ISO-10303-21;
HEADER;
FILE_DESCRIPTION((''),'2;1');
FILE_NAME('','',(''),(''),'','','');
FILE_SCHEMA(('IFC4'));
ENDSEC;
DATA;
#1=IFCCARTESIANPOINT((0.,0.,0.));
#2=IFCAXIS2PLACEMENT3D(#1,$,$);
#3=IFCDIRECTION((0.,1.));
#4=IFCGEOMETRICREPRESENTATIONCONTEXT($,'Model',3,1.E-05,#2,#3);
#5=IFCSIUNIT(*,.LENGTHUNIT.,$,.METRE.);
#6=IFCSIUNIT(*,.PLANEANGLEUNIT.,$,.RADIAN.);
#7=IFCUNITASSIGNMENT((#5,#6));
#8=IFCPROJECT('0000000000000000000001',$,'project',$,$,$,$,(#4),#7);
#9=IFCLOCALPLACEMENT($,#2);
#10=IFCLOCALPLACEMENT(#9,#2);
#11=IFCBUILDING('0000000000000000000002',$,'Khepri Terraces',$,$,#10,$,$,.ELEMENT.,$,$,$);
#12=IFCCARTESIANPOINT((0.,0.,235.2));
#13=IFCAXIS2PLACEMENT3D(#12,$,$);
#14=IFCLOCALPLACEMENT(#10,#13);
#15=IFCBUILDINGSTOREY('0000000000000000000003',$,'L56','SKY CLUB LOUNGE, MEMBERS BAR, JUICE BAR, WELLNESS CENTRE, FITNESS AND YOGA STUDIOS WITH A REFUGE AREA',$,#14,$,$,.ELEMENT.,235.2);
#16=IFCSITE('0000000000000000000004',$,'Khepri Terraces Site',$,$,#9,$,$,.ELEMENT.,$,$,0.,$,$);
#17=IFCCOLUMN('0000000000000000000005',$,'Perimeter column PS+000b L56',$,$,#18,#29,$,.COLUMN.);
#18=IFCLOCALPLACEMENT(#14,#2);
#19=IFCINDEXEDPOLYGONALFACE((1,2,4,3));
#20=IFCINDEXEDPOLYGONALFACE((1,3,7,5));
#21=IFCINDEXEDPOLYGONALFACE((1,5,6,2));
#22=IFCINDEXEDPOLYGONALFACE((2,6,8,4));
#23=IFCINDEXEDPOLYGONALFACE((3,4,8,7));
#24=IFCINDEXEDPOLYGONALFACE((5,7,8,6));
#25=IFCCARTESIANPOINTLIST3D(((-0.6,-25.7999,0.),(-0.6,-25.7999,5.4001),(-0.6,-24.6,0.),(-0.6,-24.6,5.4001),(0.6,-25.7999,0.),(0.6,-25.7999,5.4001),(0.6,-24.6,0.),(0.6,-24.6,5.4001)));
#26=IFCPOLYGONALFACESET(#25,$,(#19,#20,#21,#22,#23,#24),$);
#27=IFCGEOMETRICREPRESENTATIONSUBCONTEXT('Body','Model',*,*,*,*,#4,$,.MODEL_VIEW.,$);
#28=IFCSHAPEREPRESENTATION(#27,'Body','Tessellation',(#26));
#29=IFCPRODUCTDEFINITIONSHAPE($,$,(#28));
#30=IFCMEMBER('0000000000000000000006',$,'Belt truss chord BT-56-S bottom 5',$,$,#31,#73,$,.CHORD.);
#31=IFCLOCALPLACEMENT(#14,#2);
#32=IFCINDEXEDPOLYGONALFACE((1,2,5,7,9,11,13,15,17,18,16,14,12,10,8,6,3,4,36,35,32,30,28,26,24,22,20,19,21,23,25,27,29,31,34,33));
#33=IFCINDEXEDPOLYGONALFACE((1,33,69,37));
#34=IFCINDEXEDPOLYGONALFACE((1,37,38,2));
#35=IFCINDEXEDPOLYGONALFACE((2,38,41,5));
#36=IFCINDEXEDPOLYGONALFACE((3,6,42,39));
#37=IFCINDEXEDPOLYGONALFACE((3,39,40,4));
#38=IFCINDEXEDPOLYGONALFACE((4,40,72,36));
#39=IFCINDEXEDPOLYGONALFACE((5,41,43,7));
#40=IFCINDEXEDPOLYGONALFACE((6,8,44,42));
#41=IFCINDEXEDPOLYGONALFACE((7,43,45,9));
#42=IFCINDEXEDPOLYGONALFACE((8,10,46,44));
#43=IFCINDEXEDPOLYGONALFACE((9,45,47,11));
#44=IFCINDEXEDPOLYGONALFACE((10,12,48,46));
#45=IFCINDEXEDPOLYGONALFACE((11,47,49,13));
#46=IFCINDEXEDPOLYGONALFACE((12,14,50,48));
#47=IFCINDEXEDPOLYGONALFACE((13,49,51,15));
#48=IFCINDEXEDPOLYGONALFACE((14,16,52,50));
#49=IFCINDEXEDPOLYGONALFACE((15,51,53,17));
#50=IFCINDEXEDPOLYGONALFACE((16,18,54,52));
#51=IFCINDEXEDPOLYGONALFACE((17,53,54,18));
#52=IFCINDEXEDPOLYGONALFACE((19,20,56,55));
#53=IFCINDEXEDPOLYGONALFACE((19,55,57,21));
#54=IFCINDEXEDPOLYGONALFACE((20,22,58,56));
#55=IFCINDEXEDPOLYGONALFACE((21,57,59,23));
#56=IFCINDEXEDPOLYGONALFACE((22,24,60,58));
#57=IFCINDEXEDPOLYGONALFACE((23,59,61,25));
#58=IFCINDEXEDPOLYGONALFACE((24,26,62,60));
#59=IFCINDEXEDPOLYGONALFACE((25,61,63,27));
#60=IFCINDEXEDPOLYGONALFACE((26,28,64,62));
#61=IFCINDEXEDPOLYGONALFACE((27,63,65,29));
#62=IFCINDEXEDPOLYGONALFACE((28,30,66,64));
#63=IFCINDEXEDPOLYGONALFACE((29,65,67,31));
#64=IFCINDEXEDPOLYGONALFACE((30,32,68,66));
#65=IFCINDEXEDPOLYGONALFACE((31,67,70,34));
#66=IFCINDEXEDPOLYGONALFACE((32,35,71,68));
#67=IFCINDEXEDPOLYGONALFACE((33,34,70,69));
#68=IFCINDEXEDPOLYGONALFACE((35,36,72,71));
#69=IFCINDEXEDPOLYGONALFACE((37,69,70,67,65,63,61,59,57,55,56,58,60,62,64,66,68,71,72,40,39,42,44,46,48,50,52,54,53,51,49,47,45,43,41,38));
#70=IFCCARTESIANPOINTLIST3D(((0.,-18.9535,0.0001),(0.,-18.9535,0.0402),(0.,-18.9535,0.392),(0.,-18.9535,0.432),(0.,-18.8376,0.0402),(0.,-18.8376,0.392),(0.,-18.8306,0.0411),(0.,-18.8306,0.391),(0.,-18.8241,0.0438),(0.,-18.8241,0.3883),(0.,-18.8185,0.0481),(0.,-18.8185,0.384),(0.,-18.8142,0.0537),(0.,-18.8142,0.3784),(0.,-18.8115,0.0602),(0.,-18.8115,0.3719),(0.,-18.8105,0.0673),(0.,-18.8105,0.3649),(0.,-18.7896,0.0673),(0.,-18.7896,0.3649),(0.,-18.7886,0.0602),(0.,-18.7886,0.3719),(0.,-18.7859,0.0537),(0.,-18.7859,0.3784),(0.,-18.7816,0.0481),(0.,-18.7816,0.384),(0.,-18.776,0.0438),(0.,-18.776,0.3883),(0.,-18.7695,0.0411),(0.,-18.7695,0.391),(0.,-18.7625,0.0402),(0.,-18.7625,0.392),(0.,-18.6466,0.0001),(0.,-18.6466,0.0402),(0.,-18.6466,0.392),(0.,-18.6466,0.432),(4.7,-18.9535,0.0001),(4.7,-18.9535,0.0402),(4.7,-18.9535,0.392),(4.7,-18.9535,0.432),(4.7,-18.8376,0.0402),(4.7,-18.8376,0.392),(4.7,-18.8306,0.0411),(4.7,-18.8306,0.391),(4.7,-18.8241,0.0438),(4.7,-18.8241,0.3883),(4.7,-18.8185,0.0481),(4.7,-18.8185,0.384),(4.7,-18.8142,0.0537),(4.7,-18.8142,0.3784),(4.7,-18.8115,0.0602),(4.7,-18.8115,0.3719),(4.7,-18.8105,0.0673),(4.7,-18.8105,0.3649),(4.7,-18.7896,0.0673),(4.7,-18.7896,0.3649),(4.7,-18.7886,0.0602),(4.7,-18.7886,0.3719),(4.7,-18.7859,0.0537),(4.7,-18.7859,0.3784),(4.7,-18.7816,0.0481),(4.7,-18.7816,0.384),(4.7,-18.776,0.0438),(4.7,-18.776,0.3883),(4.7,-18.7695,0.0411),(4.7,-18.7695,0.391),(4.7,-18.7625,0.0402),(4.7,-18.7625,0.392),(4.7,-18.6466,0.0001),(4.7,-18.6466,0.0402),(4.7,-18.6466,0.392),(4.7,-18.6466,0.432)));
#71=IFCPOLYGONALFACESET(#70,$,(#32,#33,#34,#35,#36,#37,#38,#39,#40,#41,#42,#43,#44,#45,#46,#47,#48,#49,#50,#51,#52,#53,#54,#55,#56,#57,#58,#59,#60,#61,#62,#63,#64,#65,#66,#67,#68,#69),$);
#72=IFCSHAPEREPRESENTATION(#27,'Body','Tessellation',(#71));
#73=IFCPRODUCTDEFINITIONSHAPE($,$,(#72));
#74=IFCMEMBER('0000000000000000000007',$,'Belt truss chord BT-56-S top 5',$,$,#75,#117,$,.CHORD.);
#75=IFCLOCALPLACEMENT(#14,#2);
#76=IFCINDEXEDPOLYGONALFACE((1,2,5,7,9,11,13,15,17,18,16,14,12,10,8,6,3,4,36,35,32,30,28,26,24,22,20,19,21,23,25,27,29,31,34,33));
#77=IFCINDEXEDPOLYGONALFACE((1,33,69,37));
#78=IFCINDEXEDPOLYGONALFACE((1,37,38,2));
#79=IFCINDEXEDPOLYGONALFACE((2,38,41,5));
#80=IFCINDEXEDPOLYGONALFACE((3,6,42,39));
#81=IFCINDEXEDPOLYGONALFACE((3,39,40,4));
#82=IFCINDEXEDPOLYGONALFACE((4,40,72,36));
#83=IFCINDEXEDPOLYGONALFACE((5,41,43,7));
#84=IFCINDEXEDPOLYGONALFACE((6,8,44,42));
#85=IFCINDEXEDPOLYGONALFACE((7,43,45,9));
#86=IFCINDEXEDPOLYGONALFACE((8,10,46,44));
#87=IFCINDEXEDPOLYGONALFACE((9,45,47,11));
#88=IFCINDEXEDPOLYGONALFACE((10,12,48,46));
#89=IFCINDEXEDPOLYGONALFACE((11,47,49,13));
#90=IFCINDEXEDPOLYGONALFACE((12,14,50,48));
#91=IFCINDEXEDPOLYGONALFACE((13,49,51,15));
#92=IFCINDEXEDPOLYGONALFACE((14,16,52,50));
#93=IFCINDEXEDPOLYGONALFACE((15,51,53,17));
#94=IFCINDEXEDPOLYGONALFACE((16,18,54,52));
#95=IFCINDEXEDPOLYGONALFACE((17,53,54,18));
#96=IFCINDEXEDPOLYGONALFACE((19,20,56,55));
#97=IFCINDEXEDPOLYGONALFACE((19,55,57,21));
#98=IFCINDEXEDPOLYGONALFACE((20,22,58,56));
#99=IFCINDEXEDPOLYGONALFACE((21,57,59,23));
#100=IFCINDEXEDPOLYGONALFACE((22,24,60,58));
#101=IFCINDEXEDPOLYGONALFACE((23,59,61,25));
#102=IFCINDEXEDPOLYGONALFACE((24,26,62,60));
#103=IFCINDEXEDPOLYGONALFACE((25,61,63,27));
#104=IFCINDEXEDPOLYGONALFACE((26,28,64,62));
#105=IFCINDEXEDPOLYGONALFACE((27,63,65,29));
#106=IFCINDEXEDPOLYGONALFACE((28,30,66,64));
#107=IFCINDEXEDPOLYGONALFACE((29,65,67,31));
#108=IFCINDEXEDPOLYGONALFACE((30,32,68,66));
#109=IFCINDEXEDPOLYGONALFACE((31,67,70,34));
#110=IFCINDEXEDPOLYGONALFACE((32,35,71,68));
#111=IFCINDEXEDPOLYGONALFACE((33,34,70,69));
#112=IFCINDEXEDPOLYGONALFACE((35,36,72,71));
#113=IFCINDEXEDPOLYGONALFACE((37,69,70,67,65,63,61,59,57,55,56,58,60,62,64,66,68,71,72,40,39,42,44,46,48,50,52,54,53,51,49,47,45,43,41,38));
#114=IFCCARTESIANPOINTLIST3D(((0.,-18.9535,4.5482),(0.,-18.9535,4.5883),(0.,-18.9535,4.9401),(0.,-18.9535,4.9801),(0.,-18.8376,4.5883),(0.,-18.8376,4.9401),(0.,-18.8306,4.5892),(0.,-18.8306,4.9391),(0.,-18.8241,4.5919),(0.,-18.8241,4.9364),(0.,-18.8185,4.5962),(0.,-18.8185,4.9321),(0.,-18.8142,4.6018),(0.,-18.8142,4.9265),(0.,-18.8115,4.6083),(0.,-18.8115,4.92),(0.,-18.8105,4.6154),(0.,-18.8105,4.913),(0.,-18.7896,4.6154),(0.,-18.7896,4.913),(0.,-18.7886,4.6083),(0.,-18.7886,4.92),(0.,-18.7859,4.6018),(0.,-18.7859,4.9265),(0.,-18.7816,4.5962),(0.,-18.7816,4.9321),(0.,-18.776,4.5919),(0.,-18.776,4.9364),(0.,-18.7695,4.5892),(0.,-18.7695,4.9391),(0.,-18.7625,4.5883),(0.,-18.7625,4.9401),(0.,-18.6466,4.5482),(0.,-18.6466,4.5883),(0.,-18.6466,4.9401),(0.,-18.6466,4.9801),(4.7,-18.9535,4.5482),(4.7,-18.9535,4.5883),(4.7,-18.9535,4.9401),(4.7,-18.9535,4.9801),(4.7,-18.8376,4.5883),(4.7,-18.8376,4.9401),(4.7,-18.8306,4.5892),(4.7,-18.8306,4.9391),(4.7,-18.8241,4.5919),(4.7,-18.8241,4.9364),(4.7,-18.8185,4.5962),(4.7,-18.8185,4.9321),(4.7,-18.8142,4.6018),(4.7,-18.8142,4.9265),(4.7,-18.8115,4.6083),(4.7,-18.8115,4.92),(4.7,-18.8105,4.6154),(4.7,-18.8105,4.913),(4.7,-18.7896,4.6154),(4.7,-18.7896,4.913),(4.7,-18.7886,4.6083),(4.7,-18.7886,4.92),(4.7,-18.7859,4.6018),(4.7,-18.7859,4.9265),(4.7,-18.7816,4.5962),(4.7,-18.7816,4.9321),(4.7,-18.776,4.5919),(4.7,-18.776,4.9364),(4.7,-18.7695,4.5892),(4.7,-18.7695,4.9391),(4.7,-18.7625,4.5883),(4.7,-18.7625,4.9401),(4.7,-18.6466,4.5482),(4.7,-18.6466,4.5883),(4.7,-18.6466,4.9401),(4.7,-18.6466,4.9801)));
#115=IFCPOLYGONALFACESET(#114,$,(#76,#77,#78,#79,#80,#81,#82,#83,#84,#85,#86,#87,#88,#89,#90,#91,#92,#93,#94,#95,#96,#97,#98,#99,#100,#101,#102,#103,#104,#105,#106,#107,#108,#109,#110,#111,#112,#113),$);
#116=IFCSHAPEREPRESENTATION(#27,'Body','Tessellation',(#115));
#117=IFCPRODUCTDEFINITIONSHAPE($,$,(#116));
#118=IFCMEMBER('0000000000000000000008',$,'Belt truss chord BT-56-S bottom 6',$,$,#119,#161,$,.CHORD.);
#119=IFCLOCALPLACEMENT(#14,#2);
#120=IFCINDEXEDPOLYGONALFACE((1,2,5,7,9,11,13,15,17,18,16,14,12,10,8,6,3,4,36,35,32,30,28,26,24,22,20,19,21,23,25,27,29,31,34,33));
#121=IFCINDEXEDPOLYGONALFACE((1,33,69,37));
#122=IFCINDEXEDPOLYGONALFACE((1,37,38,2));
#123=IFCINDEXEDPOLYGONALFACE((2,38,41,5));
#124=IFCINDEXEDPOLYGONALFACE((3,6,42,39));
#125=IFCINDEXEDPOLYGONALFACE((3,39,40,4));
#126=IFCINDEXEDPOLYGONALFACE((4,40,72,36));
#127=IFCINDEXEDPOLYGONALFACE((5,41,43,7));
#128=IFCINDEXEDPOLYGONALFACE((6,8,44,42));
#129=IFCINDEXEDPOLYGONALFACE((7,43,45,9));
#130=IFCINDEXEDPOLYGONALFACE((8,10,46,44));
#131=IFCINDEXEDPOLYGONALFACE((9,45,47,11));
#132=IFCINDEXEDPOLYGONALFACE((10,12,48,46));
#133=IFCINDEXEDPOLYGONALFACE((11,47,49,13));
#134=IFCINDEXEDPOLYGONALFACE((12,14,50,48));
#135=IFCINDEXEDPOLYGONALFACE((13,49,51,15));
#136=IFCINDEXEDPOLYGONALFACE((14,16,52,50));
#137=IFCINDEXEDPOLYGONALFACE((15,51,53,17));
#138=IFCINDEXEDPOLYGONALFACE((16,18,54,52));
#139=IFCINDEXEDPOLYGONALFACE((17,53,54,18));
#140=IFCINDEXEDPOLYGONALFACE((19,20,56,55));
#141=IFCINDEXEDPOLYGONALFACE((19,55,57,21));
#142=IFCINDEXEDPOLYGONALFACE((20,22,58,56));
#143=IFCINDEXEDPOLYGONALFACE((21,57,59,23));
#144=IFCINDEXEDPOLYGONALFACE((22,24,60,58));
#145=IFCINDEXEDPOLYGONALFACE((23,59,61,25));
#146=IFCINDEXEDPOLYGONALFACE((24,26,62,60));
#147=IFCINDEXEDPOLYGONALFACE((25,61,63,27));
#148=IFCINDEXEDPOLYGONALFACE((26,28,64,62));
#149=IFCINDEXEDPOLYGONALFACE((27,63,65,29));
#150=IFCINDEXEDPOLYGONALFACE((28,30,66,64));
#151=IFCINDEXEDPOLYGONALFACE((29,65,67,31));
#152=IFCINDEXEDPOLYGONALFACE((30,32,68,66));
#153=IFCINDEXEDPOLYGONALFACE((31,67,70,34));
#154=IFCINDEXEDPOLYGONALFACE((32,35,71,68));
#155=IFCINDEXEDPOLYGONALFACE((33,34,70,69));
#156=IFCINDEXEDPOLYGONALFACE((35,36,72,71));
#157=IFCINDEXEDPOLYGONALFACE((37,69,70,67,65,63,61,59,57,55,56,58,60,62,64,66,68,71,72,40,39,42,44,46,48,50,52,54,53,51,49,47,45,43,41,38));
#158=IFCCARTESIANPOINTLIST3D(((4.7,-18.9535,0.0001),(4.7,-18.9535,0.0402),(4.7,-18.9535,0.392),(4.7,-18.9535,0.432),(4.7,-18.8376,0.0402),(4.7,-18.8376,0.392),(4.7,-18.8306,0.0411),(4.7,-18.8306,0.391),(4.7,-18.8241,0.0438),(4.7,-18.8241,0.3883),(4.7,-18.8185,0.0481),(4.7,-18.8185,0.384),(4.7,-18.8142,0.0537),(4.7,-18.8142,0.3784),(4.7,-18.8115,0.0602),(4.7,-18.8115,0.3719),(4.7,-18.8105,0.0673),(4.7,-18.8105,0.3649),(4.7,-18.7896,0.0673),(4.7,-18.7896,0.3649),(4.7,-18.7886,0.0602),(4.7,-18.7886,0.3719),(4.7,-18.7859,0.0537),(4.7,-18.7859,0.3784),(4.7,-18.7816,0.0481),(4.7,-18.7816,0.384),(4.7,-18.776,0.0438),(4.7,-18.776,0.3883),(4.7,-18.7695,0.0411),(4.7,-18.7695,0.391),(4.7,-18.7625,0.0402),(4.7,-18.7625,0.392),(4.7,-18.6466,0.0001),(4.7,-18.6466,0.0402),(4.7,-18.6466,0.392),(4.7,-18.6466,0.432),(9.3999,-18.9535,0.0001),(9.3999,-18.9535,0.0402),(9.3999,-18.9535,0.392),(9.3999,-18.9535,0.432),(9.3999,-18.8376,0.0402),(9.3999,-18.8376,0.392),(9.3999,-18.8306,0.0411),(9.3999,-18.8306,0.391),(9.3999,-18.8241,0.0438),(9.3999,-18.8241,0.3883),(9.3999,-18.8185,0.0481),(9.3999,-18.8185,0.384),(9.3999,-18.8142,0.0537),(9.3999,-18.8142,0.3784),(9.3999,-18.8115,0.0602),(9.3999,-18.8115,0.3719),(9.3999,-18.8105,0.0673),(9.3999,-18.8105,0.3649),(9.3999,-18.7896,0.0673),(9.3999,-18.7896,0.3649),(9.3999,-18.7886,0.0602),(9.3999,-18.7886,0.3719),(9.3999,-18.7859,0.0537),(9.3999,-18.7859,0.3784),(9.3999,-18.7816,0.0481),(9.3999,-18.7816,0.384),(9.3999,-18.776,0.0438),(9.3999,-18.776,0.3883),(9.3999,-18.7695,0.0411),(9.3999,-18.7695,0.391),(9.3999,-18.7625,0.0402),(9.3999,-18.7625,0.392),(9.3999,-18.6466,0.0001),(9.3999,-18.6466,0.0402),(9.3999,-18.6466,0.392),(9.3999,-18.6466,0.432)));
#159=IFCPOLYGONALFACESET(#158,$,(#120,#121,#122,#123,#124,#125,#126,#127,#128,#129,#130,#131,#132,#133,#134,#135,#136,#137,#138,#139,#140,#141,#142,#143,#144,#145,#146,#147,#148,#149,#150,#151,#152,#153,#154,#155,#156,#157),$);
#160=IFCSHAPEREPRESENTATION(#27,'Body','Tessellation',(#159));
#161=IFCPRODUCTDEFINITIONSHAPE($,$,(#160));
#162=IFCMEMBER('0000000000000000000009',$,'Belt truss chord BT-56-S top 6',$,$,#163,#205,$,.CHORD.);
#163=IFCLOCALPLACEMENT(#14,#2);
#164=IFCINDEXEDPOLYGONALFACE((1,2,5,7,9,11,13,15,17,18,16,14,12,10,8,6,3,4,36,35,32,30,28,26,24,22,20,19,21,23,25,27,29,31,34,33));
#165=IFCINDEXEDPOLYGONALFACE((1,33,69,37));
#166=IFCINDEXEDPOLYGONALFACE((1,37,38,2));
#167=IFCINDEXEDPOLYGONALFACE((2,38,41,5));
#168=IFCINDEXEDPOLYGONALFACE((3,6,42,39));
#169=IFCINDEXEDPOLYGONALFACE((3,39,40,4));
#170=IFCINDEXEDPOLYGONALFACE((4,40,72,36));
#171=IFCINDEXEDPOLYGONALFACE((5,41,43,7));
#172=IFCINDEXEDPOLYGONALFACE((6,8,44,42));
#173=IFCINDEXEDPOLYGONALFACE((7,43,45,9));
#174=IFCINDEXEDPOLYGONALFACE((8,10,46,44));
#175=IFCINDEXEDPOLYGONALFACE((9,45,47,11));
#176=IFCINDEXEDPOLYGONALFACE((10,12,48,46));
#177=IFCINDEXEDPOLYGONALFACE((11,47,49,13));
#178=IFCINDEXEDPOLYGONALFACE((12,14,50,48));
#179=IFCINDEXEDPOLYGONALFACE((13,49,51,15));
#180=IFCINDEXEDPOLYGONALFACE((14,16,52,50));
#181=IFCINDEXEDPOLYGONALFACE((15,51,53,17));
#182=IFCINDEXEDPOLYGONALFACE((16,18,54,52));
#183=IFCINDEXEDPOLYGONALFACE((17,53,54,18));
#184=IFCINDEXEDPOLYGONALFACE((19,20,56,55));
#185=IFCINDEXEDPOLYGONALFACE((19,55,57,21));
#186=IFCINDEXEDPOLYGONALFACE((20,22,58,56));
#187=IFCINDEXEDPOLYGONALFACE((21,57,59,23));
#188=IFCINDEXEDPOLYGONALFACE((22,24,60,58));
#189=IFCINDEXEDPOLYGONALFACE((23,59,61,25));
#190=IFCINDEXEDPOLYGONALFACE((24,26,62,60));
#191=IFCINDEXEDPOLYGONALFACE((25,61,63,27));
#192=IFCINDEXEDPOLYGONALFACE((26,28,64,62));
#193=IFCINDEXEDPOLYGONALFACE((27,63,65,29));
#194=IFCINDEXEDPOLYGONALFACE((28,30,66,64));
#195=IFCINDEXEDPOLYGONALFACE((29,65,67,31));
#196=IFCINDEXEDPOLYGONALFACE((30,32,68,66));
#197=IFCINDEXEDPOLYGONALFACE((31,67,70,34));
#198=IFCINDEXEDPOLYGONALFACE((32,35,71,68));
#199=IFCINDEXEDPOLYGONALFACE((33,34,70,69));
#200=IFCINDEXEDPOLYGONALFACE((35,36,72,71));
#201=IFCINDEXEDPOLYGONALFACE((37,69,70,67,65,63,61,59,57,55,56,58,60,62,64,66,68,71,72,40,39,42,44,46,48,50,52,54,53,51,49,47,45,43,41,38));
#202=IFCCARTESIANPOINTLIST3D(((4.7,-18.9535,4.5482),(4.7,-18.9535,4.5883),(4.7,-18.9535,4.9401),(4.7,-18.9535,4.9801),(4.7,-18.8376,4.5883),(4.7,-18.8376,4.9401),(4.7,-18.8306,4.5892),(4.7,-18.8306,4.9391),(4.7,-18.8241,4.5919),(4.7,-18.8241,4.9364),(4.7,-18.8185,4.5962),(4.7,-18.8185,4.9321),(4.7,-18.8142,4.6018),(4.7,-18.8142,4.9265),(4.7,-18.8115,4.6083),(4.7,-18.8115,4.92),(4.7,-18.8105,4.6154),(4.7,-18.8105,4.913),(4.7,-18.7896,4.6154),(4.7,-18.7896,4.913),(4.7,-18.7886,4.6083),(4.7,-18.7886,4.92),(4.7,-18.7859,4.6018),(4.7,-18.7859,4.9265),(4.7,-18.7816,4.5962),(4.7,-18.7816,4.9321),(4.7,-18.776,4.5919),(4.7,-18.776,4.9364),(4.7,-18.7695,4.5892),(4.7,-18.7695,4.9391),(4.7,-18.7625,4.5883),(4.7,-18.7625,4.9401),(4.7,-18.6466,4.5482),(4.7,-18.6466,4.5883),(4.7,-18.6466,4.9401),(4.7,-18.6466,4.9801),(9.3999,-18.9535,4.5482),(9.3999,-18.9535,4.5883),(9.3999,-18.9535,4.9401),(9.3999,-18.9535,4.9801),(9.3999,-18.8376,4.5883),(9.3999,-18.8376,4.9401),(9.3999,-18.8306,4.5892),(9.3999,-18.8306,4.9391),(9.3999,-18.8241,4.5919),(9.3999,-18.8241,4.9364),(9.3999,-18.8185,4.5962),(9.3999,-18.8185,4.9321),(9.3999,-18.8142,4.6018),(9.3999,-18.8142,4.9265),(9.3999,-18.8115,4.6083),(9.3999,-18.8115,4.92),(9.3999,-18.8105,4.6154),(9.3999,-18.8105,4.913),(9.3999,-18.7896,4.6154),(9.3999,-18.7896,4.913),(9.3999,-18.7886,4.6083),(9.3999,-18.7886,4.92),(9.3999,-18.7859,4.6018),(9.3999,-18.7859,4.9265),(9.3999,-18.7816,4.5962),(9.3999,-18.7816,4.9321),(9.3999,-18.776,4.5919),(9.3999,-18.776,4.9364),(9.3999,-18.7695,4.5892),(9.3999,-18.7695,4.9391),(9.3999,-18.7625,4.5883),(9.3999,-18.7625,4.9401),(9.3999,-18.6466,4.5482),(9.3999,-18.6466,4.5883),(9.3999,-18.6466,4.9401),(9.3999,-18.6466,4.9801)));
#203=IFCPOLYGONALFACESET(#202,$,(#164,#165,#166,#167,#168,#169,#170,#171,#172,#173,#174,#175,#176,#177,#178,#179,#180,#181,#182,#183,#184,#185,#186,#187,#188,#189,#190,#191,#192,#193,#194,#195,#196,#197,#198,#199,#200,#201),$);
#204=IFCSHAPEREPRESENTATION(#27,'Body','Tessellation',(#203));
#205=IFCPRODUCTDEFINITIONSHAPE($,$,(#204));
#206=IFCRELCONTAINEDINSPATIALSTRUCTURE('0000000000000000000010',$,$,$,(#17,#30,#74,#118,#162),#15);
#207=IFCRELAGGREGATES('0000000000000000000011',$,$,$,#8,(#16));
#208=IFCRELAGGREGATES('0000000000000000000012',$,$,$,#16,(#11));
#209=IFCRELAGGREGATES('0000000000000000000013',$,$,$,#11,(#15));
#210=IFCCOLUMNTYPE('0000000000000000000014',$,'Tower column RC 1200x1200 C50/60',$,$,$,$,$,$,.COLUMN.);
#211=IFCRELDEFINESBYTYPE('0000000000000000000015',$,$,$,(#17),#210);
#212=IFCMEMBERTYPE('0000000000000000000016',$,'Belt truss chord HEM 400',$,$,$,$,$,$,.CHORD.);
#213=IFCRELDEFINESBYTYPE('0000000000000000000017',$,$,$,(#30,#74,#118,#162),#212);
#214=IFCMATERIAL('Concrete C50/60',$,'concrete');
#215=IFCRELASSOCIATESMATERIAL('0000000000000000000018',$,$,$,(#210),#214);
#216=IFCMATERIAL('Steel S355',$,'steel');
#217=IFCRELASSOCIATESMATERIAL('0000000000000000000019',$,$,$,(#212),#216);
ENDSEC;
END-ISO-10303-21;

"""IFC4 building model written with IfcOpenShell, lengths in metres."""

from ifc_helpers import new_model, si_unit, direction, frame, origin, origin_2d, place, context, subcontext, project, spatial, rectangle, i_section, extrude, material, material_profile, profile_set, type_object, element, save


model = new_model("IFC4")

# Units and contexts
model_context = context("Model", 3, precision=1e-05, world=origin(), true_north=direction((0.0, 1.0)))
body_context = subcontext(model_context, "Body", "Model", "MODEL_VIEW")
ifc_project = project(units=[si_unit("LENGTHUNIT", "METRE"), si_unit("PLANEANGLEUNIT", "RADIAN")], contexts=[model_context])

# Site, building, storey
site_placement = place(None, origin())
site = spatial("IfcSite", under=ifc_project, at=site_placement, Name="Khepri Terraces Site", CompositionType="ELEMENT", RefElevation=0.0)
building_placement = place(site_placement, origin())
building = spatial("IfcBuilding", under=site, at=building_placement, Name="Khepri Terraces", CompositionType="ELEMENT")
storey_placement = place(building_placement, frame((0.0, 0.0, 235.2)))
storey = spatial("IfcBuildingStorey", under=building, at=storey_placement, Name="L56", Description="SKY CLUB LOUNGE, MEMBERS BAR, JUICE BAR, WELLNESS CENTRE, FITNESS AND YOGA STUDIOS WITH A REFUGE AREA", CompositionType="ELEMENT", Elevation=235.2)

# Column
ifc_material_1 = material(Name="Concrete C50/60", Category="concrete")
ifc_material_profile_1 = material_profile(ifc_material_1, rectangle(XDim=1.2, YDim=1.2, at=origin_2d()), Name="Concrete C50/60", Category="concrete")
ifc_profile_set_1 = profile_set([ifc_material_profile_1], Name="Concrete C50/60")
column_type = type_object("IfcColumnType", Name="Tower column RC 1200x1200 C50/60", PredefinedType="COLUMN", material=ifc_profile_set_1)
column_placement = place(storey_placement, frame((0.0, -25.2, 0.0), z_axis=(0.0, 0.0, 1.0), x_axis=(1.0, 0.0, 0.0)))
element("IfcColumn", 1, at=column_placement, inside=storey, type_object=column_type, Name="Perimeter column PS+000b L56", PredefinedType="COLUMN", context=body_context, shape_type="SweptSolid", body=[
    extrude(rectangle(XDim=1.2, YDim=1.2, at=origin_2d()), origin(), (0.0, 0.0, 1.0), 5.4001),
])

# Members
ifc_material_2 = material(Name="Steel S355", Category="steel")
ifc_material_profile_2 = material_profile(ifc_material_2, i_section(OverallWidth=0.3069, OverallDepth=0.4319, WebThickness=0.021, FlangeThickness=0.04, FilletRadius=0.0271, at=origin_2d()), Name="Steel S355", Category="steel")
ifc_profile_set_2 = profile_set([ifc_material_profile_2], Name="Steel S355")
member_type_1 = type_object("IfcMemberType", Name="Belt truss chord HEM 400", PredefinedType="CHORD", material=ifc_profile_set_2)
for number, where, z_axis, x_axis, name in (
    (2, (0.0, -18.8, 0.2161), (1.0, 0.0, 0.0), (0.0, 1.0, 0.0), "Belt truss chord BT-56-S bottom 5"),
    (3, (0.0, -18.8, 4.7642), (1.0, 0.0, 0.0), (0.0, 1.0, 0.0), "Belt truss chord BT-56-S top 5"),
    (4, (4.7, -18.8, 0.2161), (1.0, 0.0, 0.0), (0.0, 1.0, 0.0), "Belt truss chord BT-56-S bottom 6"),
    (5, (4.7, -18.8, 4.7642), (1.0, 0.0, 0.0), (0.0, 1.0, 0.0), "Belt truss chord BT-56-S top 6"),
):
    element("IfcMember", number, at=place(storey_placement, frame(where, z_axis=z_axis, x_axis=x_axis)), inside=storey, type_object=member_type_1, Name=name, PredefinedType="CHORD", context=body_context, shape_type="SweptSolid", body=[
        extrude(i_section(OverallWidth=0.3069, OverallDepth=0.4319, WebThickness=0.021, FlangeThickness=0.04, FilletRadius=0.0271, at=origin_2d()), origin(), (0.0, 0.0, 1.0), 4.7),
    ])

save(model, "model.ifc")
